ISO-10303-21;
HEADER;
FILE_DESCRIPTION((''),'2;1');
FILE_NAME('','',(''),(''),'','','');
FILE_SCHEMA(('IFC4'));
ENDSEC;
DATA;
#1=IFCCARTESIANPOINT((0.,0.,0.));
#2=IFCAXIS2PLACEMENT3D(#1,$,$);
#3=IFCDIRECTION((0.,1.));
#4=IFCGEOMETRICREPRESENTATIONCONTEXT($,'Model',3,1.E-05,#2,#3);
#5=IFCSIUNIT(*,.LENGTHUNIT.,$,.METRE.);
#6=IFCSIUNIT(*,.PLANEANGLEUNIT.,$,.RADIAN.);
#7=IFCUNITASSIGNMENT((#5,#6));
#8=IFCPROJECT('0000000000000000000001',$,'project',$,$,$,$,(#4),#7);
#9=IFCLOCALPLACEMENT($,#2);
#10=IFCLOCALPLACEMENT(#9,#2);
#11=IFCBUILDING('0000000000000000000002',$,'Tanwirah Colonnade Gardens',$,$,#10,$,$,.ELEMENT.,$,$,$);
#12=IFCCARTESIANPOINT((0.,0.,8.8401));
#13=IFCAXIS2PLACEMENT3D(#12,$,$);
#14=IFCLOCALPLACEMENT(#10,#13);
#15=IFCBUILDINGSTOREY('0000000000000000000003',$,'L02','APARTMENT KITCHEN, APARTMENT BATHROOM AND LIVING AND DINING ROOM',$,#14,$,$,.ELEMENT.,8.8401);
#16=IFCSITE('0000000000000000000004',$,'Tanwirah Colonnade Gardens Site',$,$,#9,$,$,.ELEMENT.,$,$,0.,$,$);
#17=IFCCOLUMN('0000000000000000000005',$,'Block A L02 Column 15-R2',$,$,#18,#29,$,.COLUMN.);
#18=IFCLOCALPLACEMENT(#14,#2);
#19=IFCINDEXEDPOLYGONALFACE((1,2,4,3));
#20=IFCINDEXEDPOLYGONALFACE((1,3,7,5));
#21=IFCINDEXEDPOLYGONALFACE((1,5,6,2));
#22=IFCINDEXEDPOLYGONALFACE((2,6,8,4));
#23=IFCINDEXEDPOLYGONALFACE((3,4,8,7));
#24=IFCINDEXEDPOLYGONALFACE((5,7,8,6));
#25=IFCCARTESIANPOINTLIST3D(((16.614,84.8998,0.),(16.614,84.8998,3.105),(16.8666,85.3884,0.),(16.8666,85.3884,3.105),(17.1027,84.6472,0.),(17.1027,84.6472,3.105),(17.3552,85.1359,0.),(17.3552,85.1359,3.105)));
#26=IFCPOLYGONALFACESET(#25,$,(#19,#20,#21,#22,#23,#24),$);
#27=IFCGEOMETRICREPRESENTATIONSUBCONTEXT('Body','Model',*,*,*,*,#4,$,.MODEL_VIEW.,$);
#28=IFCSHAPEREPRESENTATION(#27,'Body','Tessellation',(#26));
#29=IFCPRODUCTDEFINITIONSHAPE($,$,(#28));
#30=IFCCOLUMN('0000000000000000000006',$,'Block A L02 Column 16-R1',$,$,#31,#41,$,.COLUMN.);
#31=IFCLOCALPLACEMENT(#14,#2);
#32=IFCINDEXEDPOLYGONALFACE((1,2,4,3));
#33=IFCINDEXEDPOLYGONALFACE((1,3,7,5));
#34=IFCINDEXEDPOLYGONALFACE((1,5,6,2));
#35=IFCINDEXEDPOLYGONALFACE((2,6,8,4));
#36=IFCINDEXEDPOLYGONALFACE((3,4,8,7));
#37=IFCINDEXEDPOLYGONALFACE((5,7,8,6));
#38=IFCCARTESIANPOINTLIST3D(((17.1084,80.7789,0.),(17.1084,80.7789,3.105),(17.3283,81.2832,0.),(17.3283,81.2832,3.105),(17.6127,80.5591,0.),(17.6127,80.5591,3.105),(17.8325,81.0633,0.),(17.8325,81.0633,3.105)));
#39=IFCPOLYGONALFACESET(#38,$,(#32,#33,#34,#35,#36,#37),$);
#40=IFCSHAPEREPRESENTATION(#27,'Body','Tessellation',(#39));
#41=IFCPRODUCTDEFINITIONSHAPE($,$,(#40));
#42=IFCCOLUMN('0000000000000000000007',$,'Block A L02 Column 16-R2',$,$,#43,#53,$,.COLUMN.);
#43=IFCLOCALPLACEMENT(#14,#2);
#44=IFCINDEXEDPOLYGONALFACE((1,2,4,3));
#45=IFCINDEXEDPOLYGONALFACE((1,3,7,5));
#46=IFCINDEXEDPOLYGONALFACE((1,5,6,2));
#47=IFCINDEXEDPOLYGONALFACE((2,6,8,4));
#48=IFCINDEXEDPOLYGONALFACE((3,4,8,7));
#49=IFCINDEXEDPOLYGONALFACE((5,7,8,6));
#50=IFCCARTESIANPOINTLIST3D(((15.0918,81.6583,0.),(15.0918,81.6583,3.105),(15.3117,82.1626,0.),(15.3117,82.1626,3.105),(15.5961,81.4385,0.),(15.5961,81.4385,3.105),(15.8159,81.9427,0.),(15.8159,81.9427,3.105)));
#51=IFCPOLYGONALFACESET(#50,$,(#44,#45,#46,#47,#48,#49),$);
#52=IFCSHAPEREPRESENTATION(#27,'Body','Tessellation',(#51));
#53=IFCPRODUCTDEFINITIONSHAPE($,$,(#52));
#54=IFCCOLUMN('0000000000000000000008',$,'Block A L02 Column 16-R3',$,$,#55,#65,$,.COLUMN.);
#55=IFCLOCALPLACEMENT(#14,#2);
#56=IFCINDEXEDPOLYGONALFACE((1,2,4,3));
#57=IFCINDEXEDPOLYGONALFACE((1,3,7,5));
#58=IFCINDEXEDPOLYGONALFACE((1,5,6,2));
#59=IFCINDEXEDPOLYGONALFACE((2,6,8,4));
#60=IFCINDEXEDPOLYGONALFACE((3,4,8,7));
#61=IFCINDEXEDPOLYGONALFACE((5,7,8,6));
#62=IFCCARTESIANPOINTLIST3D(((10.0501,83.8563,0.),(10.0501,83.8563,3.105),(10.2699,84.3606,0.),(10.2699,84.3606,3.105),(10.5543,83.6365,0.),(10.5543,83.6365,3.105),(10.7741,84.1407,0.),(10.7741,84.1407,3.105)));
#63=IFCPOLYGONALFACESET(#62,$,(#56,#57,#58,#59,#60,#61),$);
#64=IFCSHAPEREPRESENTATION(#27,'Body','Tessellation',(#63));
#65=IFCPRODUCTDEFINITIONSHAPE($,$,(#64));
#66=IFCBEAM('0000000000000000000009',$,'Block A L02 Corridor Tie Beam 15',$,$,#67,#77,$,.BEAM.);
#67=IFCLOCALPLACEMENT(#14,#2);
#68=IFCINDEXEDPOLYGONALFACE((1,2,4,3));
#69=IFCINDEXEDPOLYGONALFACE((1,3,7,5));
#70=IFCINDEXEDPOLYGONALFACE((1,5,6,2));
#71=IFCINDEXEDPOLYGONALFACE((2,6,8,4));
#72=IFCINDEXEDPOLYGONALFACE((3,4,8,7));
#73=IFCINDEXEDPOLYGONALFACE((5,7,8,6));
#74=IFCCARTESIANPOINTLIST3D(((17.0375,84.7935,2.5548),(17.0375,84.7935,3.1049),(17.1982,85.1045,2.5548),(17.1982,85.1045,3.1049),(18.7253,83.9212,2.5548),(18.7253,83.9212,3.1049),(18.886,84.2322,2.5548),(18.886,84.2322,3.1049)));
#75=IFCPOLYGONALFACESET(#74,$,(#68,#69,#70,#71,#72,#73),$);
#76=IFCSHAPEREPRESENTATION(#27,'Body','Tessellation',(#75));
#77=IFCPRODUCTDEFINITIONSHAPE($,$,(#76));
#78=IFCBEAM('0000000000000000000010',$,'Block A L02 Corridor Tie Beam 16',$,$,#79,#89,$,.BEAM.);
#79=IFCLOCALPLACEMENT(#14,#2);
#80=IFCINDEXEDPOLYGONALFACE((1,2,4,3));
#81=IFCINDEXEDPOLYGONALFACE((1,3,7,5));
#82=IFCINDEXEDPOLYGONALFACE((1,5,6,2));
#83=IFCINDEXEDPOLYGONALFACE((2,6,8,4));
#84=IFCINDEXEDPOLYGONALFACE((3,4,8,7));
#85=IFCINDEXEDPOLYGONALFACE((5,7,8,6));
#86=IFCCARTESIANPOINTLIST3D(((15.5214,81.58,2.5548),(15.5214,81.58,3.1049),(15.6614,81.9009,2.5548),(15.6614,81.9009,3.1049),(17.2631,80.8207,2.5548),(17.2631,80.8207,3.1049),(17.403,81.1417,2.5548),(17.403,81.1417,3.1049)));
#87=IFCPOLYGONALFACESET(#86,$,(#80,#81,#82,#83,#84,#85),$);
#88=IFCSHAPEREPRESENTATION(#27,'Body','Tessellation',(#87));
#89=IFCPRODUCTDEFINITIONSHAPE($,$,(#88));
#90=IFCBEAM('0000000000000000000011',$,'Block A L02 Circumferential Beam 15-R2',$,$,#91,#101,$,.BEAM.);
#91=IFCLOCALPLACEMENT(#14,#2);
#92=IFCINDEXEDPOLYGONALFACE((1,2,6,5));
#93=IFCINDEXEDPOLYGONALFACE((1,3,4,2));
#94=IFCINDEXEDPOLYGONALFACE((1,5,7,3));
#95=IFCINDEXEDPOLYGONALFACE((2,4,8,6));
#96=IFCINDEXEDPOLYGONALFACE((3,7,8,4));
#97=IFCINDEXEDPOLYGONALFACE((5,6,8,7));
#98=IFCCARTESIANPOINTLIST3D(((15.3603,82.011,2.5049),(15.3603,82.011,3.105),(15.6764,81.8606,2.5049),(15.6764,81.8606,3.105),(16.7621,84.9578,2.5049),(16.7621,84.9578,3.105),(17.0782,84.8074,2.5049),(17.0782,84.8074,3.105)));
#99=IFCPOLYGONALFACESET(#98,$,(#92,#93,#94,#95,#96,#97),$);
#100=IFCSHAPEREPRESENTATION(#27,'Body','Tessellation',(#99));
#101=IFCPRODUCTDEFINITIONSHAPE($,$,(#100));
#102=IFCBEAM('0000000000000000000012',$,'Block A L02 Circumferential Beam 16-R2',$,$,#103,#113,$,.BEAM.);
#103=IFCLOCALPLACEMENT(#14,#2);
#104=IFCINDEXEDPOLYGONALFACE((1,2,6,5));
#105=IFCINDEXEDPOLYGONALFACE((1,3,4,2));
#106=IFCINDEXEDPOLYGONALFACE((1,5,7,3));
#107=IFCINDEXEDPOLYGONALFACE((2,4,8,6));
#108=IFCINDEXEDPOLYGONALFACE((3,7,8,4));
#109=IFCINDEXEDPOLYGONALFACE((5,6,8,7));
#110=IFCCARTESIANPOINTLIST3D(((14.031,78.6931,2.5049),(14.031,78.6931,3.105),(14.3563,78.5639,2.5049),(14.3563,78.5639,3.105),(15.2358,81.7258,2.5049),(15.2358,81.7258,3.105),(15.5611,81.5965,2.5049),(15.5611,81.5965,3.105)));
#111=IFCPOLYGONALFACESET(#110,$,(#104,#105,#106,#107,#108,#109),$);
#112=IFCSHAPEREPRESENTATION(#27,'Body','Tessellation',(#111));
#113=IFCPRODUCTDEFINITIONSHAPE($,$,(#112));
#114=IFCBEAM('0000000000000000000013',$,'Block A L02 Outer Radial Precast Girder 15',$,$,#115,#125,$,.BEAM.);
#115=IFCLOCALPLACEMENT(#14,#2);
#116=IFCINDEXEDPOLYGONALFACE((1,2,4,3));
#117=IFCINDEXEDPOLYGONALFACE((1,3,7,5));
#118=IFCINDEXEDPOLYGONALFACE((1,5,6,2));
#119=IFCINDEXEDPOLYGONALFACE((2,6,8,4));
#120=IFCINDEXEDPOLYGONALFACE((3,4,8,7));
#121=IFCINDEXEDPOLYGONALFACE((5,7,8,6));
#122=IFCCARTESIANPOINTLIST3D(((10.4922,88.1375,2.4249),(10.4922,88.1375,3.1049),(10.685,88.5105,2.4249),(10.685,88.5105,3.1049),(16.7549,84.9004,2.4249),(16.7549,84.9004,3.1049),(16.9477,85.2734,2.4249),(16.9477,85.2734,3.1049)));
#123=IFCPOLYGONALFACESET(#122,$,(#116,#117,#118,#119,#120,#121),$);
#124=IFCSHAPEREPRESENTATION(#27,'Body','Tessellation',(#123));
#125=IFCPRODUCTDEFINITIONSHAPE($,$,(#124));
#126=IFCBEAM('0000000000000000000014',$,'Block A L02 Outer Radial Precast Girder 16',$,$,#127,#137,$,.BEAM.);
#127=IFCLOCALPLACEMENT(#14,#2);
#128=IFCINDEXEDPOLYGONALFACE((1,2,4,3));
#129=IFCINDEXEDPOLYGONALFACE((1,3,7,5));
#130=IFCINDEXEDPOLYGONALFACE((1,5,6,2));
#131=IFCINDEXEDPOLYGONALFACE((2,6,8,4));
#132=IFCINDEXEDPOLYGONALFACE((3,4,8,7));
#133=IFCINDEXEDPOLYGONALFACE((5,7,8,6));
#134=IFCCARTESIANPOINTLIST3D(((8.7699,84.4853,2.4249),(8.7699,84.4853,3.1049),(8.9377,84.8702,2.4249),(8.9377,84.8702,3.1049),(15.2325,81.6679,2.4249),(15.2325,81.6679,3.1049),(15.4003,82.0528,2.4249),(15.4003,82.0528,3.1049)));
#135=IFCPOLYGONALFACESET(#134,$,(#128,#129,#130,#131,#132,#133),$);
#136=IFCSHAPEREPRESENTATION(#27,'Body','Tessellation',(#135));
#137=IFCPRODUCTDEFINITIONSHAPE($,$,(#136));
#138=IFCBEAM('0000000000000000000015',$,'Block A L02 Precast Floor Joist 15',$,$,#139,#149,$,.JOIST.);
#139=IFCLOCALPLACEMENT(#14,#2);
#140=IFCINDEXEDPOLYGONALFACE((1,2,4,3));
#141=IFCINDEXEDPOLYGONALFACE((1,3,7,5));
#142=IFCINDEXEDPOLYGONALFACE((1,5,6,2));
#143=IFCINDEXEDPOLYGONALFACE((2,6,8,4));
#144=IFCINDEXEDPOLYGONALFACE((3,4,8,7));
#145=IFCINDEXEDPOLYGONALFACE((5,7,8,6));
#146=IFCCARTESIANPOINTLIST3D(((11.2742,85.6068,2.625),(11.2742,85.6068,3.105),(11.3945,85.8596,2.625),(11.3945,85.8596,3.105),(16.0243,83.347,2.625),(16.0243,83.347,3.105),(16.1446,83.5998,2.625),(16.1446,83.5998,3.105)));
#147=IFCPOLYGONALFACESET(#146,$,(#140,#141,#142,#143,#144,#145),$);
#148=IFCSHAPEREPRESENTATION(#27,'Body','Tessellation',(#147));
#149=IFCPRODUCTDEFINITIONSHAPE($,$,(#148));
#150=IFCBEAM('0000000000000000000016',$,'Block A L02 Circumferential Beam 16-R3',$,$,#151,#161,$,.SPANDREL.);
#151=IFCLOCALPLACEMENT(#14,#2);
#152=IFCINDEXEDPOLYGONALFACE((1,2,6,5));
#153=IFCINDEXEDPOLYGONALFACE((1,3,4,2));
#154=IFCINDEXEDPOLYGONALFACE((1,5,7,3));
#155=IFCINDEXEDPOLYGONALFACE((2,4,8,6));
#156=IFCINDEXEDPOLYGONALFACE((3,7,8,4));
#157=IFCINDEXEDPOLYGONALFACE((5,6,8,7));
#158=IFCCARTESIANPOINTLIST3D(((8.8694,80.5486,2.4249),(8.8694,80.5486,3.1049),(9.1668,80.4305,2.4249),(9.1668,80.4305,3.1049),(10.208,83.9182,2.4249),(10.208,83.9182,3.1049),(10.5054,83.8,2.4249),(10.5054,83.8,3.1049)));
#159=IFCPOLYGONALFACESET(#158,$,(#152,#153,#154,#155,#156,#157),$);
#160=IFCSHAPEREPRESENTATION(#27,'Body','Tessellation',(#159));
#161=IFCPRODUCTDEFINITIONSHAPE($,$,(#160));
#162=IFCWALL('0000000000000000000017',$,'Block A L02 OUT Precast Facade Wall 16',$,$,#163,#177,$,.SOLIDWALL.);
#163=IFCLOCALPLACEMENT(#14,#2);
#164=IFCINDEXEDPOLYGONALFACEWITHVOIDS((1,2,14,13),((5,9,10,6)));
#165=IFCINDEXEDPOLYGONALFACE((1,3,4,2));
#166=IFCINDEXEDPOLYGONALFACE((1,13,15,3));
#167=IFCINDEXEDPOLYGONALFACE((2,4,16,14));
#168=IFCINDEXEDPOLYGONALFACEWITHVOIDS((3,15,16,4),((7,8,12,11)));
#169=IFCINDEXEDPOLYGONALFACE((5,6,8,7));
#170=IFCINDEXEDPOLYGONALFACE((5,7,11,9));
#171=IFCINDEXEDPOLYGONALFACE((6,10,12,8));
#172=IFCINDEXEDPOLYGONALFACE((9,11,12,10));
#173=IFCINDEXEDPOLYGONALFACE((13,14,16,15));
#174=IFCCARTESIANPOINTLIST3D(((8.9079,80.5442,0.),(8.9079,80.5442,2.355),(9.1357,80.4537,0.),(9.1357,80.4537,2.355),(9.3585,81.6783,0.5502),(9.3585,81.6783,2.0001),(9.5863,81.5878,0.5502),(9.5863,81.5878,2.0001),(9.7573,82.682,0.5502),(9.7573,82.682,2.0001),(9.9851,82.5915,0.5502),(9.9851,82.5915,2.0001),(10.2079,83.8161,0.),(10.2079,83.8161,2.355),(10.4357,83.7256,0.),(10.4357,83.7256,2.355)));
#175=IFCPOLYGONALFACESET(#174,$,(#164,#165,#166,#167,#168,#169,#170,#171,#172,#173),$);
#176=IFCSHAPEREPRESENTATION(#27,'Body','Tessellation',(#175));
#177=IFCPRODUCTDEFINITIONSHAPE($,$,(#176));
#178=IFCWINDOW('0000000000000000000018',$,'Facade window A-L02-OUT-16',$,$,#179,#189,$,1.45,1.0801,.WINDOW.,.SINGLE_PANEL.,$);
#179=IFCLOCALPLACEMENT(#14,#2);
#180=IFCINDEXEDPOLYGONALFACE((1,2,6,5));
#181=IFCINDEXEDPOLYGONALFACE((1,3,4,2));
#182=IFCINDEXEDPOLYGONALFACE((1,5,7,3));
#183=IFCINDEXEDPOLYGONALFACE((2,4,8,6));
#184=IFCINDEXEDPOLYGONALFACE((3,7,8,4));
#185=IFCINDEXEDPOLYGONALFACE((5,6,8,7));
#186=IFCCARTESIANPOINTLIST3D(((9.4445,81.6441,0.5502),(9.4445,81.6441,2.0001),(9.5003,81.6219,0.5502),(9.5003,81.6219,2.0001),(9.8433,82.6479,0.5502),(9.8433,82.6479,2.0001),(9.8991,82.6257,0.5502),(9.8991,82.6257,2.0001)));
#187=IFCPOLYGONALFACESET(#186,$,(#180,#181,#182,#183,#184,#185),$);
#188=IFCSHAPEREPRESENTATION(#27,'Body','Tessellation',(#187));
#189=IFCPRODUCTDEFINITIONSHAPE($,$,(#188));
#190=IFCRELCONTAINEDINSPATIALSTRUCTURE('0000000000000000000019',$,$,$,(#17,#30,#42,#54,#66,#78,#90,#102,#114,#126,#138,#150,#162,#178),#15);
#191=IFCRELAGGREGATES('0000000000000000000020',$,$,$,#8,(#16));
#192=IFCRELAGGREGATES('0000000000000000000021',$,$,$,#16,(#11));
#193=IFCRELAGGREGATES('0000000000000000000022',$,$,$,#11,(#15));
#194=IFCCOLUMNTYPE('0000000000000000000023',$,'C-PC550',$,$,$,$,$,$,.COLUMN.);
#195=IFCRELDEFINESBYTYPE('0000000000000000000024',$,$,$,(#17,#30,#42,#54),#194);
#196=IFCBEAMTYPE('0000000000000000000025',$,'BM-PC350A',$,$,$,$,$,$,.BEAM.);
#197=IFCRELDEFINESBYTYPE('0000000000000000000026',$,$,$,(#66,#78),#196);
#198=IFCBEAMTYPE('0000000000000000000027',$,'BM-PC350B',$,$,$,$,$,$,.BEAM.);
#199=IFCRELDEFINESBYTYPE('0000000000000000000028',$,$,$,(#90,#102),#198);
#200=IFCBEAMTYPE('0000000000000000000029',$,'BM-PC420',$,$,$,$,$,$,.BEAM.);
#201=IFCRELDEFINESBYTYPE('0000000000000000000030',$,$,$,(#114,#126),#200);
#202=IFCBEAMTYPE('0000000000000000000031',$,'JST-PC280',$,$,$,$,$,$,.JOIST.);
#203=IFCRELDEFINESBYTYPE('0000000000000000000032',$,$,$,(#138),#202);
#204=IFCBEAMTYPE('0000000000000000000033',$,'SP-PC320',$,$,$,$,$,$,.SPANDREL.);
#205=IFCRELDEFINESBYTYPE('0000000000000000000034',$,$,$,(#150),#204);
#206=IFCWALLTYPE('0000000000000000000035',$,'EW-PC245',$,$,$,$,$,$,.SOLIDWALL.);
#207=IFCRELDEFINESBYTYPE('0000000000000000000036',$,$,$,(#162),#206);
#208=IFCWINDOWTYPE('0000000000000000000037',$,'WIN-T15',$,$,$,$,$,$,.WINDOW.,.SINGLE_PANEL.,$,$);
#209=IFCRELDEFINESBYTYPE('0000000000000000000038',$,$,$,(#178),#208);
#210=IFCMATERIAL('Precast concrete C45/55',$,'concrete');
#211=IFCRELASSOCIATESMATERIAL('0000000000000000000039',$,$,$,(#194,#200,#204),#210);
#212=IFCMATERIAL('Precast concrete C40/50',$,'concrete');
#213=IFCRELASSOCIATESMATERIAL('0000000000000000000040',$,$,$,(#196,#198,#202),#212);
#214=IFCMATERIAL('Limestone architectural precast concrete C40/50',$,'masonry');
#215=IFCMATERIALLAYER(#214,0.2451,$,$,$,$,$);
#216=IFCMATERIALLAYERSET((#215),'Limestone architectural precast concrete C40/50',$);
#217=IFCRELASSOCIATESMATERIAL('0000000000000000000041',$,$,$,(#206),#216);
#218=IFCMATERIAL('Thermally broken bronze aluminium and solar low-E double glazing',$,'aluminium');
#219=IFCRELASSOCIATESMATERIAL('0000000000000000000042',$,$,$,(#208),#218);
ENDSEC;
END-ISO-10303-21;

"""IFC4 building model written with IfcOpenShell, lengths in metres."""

from ifc_helpers import new_model, si_unit, direction, frame, frame_2d, origin, origin_2d, place, context, subcontext, project, spatial, rectangle, extrude, material, layer, layer_set, material_profile, profile_set, type_object, element, fill, save


model = new_model("IFC4")

# Units and contexts
model_context = context("Model", 3, precision=1e-05, world=origin(), true_north=direction((0.0, 1.0)))
body_context = subcontext(model_context, "Body", "Model", "MODEL_VIEW")
ifc_project = project(units=[si_unit("LENGTHUNIT", "METRE"), si_unit("PLANEANGLEUNIT", "RADIAN")], contexts=[model_context])

# Site, building, storey
site_placement = place(None, origin())
site = spatial("IfcSite", under=ifc_project, at=site_placement, Name="Tanwirah Colonnade Gardens Site", CompositionType="ELEMENT", RefElevation=0.0)
building_placement = place(site_placement, origin())
building = spatial("IfcBuilding", under=site, at=building_placement, Name="Tanwirah Colonnade Gardens", CompositionType="ELEMENT")
storey_placement = place(building_placement, frame((0.0, 0.0, 8.8401)))
storey = spatial("IfcBuildingStorey", under=building, at=storey_placement, Name="L02", Description="APARTMENT KITCHEN, APARTMENT BATHROOM AND LIVING AND DINING ROOM", CompositionType="ELEMENT", Elevation=8.8401)

# Columns
ifc_material_1 = material(Name="Precast concrete C45/55", Category="concrete")
ifc_material_profile_1 = material_profile(ifc_material_1, rectangle(XDim=0.55, YDim=0.55, at=origin_2d()), Name="PC-COL 550x550")
ifc_profile_set_1 = profile_set([ifc_material_profile_1], Name="Precast concrete C45/55")
column_type = type_object("IfcColumnType", Name="C-PC550", PredefinedType="COLUMN", material=ifc_profile_set_1)
for number, where, z_axis, x_axis, name in (
    (1, (16.9846, 85.0178, 0.0), (0.0, 0.0, 1.0), (-0.88835, 0.459166, 0.0), "Block A L02 Column 15-R2"),
    (2, (17.4705, 80.9211, 0.0), (0.0, 0.0, 1.0), (-0.916673, 0.399638, 0.0), "Block A L02 Column 16-R1"),
    (3, (15.4539, 81.8005, 0.0), (0.0, 0.0, 1.0), (-0.916673, 0.399638, 0.0), "Block A L02 Column 16-R2"),
    (4, (10.4121, 83.9985, 0.0), (0.0, 0.0, 1.0), (-0.916673, 0.399638, 0.0), "Block A L02 Column 16-R3"),
):
    element("IfcColumn", number, at=place(storey_placement, frame(where, z_axis=z_axis, x_axis=x_axis)), inside=storey, type_object=column_type, Name=name, PredefinedType="COLUMN", context=body_context, shape_type="SweptSolid", body=[
        extrude(rectangle(XDim=0.55, YDim=0.55, at=origin_2d()), origin(), (0.0, 0.0, 1.0), 3.105),
    ])

# Beams
ifc_material_2 = material(Name="Precast concrete C40/50", Category="concrete")
ifc_material_profile_2 = material_profile(ifc_material_2, rectangle(XDim=0.3501, YDim=0.55, at=origin_2d()), Name="PC-BM 350x550")
ifc_profile_set_2 = profile_set([ifc_material_profile_2], Name="Precast concrete C40/50")
beam_type_1 = type_object("IfcBeamType", Name="BM-PC350A", PredefinedType="BEAM", material=ifc_profile_set_2)
for number, where, z_axis, x_axis, name in (
    (5, (18.8057, 84.0767, 2.8298), (-0.888359, 0.45915, 0.0), (-0.45915, -0.888359, 0.0), "Block A L02 Corridor Tie Beam 15"),
    (6, (17.333, 80.9812, 2.8298), (-0.916681, 0.399619, 0.0), (-0.399619, -0.916681, 0.0), "Block A L02 Corridor Tie Beam 16"),
):
    element("IfcBeam", number, at=place(storey_placement, frame(where, z_axis=z_axis, x_axis=x_axis)), inside=storey, type_object=beam_type_1, Name=name, PredefinedType="BEAM", context=body_context, shape_type="SweptSolid", body=[
        extrude(rectangle(XDim=0.3501, YDim=0.55, at=origin_2d()), origin(), (0.0, 0.0, 1.0), 1.8999),
    ])
ifc_material_profile_3 = material_profile(ifc_material_2, rectangle(XDim=0.3501, YDim=0.6001, at=origin_2d()), Name="PC-BM 350x600")
ifc_profile_set_3 = profile_set([ifc_material_profile_3], Name="Precast concrete C40/50")
beam_type_2 = type_object("IfcBeamType", Name="BM-PC350B", PredefinedType="BEAM", material=ifc_profile_set_3)
for number, where, z_axis, x_axis, name in (
    (7, (16.9202, 84.8826, 2.8049), (-0.429591, -0.903024, 0.0), (0.903024, -0.429591, 0.0), "Block A L02 Circumferential Beam 15-R2"),
    (8, (15.3984, 81.6611, 2.8049), (-0.36921, -0.929346, 0.0), (0.929346, -0.36921, 0.0), "Block A L02 Circumferential Beam 16-R2"),
):
    element("IfcBeam", number, at=place(storey_placement, frame(where, z_axis=z_axis, x_axis=x_axis)), inside=storey, type_object=beam_type_2, Name=name, PredefinedType="BEAM", context=body_context, shape_type="SweptSolid", body=[
        extrude(rectangle(XDim=0.3501, YDim=0.6001, at=origin_2d()), origin(), (0.0, 0.0, 1.0), 3.2632),
    ])
ifc_material_profile_4 = material_profile(ifc_material_1, rectangle(XDim=0.4199, YDim=0.6799, at=origin_2d()), Name="PC-BM 420x680")
ifc_profile_set_4 = profile_set([ifc_material_profile_4], Name="Precast concrete C45/55")
beam_type_3 = type_object("IfcBeamType", Name="BM-PC420", PredefinedType="BEAM", material=ifc_profile_set_4)
beam_1_placement = place(storey_placement, frame((16.8513, 85.0869, 2.7649), z_axis=(-0.888349, 0.459169, 0.0), x_axis=(-0.459169, -0.888349, 0.0)))
element("IfcBeam", 9, at=beam_1_placement, inside=storey, type_object=beam_type_3, Name="Block A L02 Outer Radial Precast Girder 15", PredefinedType="BEAM", context=body_context, shape_type="SweptSolid", body=[
    extrude(rectangle(XDim=0.4199, YDim=0.6799, at=origin_2d()), origin(), (0.0, 0.0, 1.0), 7.0498),
])
beam_2_placement = place(storey_placement, frame((15.3164, 81.8604, 2.7649), z_axis=(-0.916679, 0.399625, 0.0), x_axis=(-0.399625, -0.916679, 0.0)))
element("IfcBeam", 10, at=beam_2_placement, inside=storey, type_object=beam_type_3, Name="Block A L02 Outer Radial Precast Girder 16", PredefinedType="BEAM", context=body_context, shape_type="SweptSolid", body=[
    extrude(rectangle(XDim=0.4199, YDim=0.6799, at=origin_2d()), origin(), (0.0, 0.0, 1.0), 7.05),
])
ifc_material_profile_5 = material_profile(ifc_material_2, rectangle(XDim=0.28, YDim=0.48, at=origin_2d()), Name="PC-JST 280x480")
ifc_profile_set_5 = profile_set([ifc_material_profile_5], Name="Precast concrete C40/50")
beam_type_4 = type_object("IfcBeamType", Name="JST-PC280", PredefinedType="JOIST", material=ifc_profile_set_5)
beam_3_placement = place(storey_placement, frame((16.0845, 83.4734, 2.865), z_axis=(-0.903018, 0.429602, 0.0), x_axis=(-0.429602, -0.903018, 0.0)))
element("IfcBeam", 11, at=beam_3_placement, inside=storey, type_object=beam_type_4, Name="Block A L02 Precast Floor Joist 15", PredefinedType="JOIST", context=body_context, shape_type="SweptSolid", body=[
    extrude(rectangle(XDim=0.28, YDim=0.48, at=origin_2d()), origin(), (0.0, 0.0, 1.0), 5.2603),
])
ifc_material_profile_6 = material_profile(ifc_material_1, rectangle(XDim=0.3201, YDim=0.6799, at=origin_2d()), Name="PC-SP 320x680")
ifc_profile_set_6 = profile_set([ifc_material_profile_6], Name="Precast concrete C45/55")
beam_type_5 = type_object("IfcBeamType", Name="SP-PC320", PredefinedType="SPANDREL", material=ifc_profile_set_6)
beam_4_placement = place(storey_placement, frame((10.3567, 83.8591, 2.7649), z_axis=(-0.369195, -0.929352, 0.0), x_axis=(0.929352, -0.369195, 0.0)))
element("IfcBeam", 12, at=beam_4_placement, inside=storey, type_object=beam_type_5, Name="Block A L02 Circumferential Beam 16-R3", PredefinedType="SPANDREL", context=body_context, shape_type="SweptSolid", body=[
    extrude(rectangle(XDim=0.3201, YDim=0.6799, at=origin_2d()), origin(), (0.0, 0.0, 1.0), 3.6257),
])

# Wall, opening, window
ifc_material_3 = material(Name="Limestone architectural precast concrete C40/50", Category="masonry")
ifc_layer_1 = layer(ifc_material_3, 0.2451)
ifc_layer_set_1 = layer_set([ifc_layer_1], Name="Limestone architectural precast concrete C40/50")
wall_type_1 = type_object("IfcWallType", Name="EW-PC245", PredefinedType="SOLIDWALL", material=ifc_layer_set_1)
wall_1_placement = place(storey_placement, frame((10.3218, 83.7708, 0.0), z_axis=(0.0, 0.0, 1.0), x_axis=(-0.36925, -0.92933, 0.0)))
wall_1 = element("IfcWall", 13, at=wall_1_placement, inside=storey, type_object=wall_type_1, Name="Block A L02 OUT Precast Facade Wall 16", PredefinedType="SOLIDWALL", context=body_context, shape_type="SweptSolid", body=[
    extrude(rectangle(XDim=3.5208, YDim=0.2451, at=frame_2d((1.7603, 0.0))), origin(), (0.0, 0.0, 1.0), 2.355),
])
opening_1_placement = place(wall_1_placement, frame((1.2202, 0.0, 0.55)))
opening_1 = element("IfcOpeningElement", 14, at=opening_1_placement, cuts=wall_1, PredefinedType="OPENING", context=body_context, shape_type="SweptSolid", body=[
    extrude(rectangle(XDim=1.0801, YDim=1.45, at=frame_2d((0.54, 0.7251))), frame((0.0, 0.1326, 0.0), z_axis=(0.0, -1.0, 0.0), x_axis=(1.0, 0.0, 0.0)), (0.0, 0.0, 1.0), 0.2651),
])
ifc_material_4 = material(Name="Thermally broken bronze aluminium and solar low-E double glazing", Category="aluminium")
window_type = type_object("IfcWindowType", Name="WIN-T15", PartitioningType="SINGLE_PANEL", PredefinedType="WINDOW", material=ifc_material_4)
window_placement = place(opening_1_placement, origin())
window = element("IfcWindow", 15, at=window_placement, inside=storey, type_object=window_type, Name="Facade window A-L02-OUT-16", OverallHeight=1.45, OverallWidth=1.0801, PartitioningType="SINGLE_PANEL", PredefinedType="WINDOW", context=body_context, shape_type="SweptSolid", body=[
    extrude(rectangle(XDim=1.0801, YDim=1.45, at=frame_2d((0.54, 0.7251))), frame((0.0, 0.03, 0.0), z_axis=(0.0, -1.0, 0.0), x_axis=(1.0, 0.0, 0.0)), (0.0, 0.0, 1.0), 0.0601),
])
fill(opening_1, window)

save(model, "model.ifc")
